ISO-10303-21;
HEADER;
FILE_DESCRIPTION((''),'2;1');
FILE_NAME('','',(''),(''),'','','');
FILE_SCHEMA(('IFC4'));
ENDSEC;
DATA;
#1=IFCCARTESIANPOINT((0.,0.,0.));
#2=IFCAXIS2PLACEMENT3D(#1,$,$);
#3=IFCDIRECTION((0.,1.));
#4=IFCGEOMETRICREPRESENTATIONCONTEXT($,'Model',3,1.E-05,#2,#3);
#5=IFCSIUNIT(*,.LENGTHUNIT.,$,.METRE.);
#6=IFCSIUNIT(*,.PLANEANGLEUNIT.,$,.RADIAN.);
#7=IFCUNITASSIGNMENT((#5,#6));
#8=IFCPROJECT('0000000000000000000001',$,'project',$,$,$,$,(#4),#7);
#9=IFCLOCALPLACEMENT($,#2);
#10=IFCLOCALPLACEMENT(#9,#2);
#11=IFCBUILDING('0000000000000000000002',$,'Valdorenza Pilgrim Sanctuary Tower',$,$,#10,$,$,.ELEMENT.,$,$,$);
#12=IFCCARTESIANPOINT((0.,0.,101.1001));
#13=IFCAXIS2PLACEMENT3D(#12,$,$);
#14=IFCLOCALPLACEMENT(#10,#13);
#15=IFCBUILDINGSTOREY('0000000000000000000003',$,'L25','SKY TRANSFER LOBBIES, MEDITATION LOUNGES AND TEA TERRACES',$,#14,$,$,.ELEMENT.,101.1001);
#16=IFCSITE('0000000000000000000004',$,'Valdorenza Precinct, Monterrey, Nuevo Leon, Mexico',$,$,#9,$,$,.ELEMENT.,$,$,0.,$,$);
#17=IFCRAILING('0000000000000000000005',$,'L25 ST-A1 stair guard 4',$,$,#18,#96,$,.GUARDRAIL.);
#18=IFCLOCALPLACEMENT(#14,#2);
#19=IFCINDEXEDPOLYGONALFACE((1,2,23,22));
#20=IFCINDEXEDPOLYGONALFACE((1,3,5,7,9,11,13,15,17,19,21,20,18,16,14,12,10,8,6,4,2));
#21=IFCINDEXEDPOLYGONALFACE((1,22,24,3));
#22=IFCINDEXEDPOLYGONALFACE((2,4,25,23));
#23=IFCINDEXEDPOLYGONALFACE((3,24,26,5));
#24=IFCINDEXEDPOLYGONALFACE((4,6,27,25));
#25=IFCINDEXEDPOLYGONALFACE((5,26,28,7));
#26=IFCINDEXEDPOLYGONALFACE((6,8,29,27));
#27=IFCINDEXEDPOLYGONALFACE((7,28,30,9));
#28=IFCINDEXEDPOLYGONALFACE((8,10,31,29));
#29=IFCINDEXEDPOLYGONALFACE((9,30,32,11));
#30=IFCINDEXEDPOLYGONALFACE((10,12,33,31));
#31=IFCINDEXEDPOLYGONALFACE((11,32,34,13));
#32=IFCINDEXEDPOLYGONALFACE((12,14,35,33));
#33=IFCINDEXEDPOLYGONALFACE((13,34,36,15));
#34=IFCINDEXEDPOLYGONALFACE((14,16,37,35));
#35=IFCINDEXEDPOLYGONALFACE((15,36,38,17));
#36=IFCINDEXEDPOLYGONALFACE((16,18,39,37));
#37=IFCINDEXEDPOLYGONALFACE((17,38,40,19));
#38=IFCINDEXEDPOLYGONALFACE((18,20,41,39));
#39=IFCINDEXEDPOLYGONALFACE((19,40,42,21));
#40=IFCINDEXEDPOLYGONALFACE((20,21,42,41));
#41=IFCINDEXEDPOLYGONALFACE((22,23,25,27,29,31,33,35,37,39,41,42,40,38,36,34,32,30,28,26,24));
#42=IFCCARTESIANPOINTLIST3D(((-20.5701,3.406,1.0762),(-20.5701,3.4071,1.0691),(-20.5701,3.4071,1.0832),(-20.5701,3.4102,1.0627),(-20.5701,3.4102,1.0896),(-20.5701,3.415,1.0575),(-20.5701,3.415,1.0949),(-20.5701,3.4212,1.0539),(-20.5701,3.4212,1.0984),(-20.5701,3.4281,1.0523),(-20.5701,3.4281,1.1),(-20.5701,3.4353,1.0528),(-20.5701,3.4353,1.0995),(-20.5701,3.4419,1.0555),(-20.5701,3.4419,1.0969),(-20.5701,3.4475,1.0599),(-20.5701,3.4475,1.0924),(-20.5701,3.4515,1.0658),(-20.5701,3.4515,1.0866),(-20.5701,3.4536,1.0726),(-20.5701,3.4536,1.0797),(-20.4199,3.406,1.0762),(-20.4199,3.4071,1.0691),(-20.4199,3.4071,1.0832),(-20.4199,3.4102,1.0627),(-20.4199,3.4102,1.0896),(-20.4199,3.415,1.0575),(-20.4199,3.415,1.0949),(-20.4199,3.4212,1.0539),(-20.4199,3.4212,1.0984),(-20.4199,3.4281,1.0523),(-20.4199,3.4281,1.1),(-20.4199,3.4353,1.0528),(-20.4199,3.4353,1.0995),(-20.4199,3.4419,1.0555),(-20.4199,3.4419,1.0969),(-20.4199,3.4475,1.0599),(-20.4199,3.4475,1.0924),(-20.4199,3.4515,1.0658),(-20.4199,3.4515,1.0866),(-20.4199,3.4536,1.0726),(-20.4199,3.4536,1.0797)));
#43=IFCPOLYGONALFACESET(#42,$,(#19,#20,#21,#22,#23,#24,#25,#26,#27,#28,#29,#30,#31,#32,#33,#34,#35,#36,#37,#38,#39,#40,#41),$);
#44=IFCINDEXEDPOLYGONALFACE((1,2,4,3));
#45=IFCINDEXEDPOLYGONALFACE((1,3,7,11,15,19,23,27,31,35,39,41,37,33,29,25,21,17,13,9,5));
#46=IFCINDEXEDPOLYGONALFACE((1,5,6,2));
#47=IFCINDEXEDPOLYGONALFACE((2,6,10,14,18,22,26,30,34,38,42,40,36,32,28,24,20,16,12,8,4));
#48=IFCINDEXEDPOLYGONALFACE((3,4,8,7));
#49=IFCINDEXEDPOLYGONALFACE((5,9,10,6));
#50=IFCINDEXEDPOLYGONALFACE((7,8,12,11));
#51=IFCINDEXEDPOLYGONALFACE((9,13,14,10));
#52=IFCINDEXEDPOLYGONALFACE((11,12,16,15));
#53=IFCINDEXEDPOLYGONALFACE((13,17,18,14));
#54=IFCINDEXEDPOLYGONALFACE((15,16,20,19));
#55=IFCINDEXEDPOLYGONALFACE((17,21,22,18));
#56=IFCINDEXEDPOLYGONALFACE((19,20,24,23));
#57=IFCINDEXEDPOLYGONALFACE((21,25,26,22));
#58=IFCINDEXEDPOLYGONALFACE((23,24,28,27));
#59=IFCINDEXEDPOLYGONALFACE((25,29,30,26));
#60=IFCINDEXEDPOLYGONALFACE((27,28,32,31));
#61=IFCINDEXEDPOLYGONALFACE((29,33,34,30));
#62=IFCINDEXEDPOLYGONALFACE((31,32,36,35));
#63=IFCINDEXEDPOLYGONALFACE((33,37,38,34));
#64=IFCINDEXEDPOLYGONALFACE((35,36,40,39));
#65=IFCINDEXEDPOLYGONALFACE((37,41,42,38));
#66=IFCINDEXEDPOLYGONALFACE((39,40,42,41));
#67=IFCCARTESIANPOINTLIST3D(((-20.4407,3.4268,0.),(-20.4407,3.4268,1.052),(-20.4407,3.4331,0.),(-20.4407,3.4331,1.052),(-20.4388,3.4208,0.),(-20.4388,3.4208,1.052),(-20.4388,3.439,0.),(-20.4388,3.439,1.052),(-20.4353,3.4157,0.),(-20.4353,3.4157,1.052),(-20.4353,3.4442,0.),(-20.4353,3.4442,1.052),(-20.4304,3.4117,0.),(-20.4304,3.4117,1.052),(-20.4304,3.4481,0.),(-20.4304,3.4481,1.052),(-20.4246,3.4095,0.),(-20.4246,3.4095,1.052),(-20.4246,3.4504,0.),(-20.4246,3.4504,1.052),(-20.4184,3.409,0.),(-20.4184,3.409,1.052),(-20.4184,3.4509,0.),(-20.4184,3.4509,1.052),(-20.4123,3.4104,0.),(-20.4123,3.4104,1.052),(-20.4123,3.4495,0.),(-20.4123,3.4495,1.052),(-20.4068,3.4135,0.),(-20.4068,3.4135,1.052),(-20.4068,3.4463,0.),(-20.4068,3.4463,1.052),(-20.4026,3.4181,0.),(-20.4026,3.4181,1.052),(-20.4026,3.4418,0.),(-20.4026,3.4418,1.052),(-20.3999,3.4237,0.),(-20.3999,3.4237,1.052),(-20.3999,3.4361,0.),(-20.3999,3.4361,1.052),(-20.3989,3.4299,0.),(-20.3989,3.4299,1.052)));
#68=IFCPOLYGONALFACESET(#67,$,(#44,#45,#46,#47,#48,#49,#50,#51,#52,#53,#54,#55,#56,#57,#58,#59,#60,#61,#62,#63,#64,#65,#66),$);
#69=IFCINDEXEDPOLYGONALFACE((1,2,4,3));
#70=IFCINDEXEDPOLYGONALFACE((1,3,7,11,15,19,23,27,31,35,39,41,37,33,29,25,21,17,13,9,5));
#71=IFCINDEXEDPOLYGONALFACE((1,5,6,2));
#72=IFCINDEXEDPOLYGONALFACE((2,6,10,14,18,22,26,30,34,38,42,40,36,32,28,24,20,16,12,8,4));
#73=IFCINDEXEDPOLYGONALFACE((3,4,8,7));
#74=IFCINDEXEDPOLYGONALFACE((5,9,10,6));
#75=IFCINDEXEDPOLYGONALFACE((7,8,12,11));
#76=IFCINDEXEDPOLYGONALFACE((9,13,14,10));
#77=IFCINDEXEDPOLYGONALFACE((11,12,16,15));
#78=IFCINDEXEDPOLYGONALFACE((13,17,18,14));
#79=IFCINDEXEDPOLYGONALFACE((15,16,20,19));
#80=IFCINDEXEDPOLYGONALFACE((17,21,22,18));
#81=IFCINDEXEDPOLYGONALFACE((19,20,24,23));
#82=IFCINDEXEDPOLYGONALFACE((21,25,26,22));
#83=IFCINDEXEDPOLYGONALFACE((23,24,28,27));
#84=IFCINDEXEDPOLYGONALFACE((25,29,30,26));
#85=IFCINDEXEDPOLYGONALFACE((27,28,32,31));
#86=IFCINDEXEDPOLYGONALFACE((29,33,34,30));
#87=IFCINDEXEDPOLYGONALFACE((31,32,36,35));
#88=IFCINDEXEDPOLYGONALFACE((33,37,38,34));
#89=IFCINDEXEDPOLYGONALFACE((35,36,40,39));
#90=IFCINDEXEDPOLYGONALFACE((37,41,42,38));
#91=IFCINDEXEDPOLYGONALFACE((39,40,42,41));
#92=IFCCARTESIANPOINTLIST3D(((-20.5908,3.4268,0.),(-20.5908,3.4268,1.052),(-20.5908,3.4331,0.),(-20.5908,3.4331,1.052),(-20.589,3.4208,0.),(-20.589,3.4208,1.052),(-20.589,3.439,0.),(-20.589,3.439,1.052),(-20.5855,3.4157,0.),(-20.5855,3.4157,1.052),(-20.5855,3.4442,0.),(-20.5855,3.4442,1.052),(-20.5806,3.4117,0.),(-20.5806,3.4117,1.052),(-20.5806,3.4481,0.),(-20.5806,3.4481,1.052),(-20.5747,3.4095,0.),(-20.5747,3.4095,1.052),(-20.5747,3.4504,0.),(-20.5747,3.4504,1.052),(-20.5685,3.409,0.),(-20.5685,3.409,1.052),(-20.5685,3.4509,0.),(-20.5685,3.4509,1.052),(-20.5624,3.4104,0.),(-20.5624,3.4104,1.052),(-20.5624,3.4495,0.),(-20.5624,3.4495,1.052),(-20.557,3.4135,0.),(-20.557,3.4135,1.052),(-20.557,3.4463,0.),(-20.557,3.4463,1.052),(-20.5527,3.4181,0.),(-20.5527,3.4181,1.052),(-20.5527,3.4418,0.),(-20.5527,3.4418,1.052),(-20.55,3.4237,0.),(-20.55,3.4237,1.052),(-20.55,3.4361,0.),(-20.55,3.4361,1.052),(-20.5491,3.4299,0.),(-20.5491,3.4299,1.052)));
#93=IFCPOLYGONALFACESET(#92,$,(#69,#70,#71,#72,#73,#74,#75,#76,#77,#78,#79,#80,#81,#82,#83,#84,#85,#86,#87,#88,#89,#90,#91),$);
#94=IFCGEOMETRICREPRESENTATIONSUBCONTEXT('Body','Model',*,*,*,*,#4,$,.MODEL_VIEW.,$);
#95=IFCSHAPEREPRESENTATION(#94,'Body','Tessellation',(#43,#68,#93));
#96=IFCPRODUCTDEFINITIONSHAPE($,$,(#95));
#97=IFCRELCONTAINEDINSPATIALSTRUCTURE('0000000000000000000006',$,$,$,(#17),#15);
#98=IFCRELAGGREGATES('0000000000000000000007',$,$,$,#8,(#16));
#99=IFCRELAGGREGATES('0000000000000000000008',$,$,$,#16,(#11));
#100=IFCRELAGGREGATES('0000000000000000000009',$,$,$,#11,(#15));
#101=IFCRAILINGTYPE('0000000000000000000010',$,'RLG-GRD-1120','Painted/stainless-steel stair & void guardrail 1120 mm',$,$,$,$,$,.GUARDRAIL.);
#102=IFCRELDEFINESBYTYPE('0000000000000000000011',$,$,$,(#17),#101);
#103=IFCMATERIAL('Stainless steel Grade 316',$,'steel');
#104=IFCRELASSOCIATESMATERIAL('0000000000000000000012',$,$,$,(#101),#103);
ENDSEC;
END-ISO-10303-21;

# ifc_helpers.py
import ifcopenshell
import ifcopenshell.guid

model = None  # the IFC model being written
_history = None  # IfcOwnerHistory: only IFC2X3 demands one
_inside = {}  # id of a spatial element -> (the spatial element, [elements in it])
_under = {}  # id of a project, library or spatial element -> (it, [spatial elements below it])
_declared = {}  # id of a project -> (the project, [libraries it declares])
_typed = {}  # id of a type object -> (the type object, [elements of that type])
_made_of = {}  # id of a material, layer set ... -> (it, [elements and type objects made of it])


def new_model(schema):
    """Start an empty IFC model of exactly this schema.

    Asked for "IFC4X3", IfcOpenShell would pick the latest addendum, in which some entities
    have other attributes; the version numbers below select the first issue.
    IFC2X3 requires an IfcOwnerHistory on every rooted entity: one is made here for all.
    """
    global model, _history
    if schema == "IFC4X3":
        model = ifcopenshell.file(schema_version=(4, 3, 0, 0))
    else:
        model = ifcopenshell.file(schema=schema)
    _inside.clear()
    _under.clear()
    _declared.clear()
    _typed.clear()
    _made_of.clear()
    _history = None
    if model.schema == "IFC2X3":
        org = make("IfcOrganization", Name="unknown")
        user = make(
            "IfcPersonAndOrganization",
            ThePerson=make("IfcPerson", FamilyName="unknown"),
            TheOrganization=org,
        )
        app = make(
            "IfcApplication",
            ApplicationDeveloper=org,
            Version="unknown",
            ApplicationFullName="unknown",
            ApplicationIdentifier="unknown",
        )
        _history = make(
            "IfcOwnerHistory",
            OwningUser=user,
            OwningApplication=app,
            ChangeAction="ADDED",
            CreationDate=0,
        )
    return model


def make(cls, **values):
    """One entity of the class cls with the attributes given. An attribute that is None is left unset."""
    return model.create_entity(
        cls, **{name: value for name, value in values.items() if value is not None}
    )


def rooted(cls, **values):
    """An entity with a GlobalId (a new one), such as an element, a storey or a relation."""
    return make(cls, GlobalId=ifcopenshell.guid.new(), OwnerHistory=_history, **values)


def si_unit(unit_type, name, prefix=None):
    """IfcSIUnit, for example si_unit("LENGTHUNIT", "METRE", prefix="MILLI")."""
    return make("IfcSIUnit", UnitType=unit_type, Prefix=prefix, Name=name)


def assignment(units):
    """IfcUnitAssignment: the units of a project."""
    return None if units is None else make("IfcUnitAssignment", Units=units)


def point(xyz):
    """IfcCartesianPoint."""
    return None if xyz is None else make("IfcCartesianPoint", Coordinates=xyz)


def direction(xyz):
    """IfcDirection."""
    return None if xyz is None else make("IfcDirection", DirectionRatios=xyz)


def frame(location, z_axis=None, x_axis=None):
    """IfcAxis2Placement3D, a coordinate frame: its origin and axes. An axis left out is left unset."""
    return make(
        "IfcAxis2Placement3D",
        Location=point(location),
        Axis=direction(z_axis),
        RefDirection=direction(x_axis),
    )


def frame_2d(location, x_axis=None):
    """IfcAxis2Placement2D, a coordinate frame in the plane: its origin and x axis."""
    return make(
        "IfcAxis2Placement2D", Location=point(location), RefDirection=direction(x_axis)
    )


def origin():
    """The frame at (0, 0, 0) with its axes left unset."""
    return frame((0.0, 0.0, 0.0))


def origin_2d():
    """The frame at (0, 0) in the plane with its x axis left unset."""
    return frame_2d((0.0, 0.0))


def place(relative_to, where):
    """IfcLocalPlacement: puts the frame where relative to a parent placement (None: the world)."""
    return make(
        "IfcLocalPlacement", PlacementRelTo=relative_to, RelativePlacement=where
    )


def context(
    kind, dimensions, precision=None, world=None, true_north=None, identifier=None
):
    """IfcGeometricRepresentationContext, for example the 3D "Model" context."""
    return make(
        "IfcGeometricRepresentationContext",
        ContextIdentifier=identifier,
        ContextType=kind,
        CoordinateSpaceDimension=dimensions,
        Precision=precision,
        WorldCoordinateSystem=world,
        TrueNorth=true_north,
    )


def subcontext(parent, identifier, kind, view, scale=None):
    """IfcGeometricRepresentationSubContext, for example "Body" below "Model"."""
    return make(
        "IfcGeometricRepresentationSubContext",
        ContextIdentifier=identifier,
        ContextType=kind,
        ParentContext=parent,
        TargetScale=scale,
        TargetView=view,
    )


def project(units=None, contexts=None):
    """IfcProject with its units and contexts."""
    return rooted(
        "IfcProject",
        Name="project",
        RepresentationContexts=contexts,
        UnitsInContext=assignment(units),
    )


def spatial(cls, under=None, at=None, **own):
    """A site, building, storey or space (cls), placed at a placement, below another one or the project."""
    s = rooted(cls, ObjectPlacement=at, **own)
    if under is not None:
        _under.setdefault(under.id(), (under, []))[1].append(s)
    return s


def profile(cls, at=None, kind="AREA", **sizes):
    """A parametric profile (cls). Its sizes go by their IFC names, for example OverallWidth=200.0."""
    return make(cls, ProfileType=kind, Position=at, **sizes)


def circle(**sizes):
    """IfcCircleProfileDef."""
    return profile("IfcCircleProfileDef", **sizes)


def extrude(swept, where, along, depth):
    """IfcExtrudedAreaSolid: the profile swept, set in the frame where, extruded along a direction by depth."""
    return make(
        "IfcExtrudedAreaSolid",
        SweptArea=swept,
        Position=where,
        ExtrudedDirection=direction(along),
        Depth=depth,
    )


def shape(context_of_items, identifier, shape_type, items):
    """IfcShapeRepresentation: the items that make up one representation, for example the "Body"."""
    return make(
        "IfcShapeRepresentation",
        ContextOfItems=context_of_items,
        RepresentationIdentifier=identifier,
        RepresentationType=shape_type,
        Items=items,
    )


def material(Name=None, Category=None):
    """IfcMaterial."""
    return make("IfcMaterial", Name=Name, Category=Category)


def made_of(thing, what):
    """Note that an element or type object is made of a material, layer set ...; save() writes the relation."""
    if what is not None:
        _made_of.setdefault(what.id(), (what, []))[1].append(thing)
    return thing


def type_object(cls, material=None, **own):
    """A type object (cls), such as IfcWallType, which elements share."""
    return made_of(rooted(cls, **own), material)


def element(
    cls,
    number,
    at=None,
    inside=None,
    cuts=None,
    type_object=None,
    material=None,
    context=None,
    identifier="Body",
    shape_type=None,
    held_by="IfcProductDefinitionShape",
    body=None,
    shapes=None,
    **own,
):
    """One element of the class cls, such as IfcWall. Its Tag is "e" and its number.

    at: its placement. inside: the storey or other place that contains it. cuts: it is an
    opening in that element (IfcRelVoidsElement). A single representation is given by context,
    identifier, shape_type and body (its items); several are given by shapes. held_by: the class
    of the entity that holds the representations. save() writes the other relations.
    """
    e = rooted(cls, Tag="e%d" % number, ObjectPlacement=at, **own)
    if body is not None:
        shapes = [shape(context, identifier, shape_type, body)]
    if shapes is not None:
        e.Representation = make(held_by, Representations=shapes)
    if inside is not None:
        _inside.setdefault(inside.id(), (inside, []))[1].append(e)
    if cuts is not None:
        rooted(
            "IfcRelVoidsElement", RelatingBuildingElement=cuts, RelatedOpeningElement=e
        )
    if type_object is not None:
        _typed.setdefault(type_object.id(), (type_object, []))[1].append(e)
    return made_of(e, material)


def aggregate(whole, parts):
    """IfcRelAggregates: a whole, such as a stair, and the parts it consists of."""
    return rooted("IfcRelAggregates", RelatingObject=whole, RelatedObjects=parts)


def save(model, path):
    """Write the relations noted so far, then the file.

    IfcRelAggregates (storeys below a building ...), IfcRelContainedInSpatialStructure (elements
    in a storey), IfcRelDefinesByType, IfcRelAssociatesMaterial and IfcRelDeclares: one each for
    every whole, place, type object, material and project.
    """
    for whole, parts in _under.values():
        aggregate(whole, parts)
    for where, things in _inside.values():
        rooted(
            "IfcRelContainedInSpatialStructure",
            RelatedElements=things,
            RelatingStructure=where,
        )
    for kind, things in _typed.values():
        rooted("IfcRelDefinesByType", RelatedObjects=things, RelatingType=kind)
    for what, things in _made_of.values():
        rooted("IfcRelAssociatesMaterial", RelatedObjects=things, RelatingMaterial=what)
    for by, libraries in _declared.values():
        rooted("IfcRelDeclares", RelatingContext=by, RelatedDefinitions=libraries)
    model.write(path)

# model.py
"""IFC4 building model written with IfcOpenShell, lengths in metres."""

from ifc_helpers import new_model, si_unit, direction, frame, origin, origin_2d, place, context, subcontext, project, spatial, circle, extrude, material, type_object, element, save


model = new_model("IFC4")

# Units and contexts
model_context = context("Model", 3, precision=1e-05, world=origin(), true_north=direction((0.0, 1.0)))
body_context = subcontext(model_context, "Body", "Model", "MODEL_VIEW")
ifc_project = project(units=[si_unit("LENGTHUNIT", "METRE"), si_unit("PLANEANGLEUNIT", "RADIAN")], contexts=[model_context])

# Site, building, storey
site_placement = place(None, origin())
site = spatial("IfcSite", under=ifc_project, at=site_placement, Name="Valdorenza Precinct, Monterrey, Nuevo Leon, Mexico", CompositionType="ELEMENT", RefElevation=0.0)
building_placement = place(site_placement, origin())
building = spatial("IfcBuilding", under=site, at=building_placement, Name="Valdorenza Pilgrim Sanctuary Tower", CompositionType="ELEMENT")
storey_placement = place(building_placement, frame((0.0, 0.0, 101.1001)))
storey = spatial("IfcBuildingStorey", under=building, at=storey_placement, Name="L25", Description="SKY TRANSFER LOBBIES, MEDITATION LOUNGES AND TEA TERRACES", CompositionType="ELEMENT", Elevation=101.1001)

# Railing
ifc_material_1 = material(Name="Stainless steel Grade 316", Category="steel")
railing_type_1 = type_object("IfcRailingType", Name="RLG-GRD-1120", Description="Painted/stainless-steel stair & void guardrail 1120 mm", PredefinedType="GUARDRAIL", material=ifc_material_1)
railing_1_placement = place(storey_placement, frame((-20.4199, 3.4299, 0.0)))
element("IfcRailing", 1, at=railing_1_placement, inside=storey, type_object=railing_type_1, Name="L25 ST-A1 stair guard 4", PredefinedType="GUARDRAIL", context=body_context, shape_type="SweptSolid", body=[
    extrude(circle(Radius=0.0239, at=origin_2d()), frame((0.0, 0.0, 1.0762), z_axis=(-1.0, 0.0, 0.0), x_axis=(0.0, -1.0, 0.0)), (0.0, 0.0, 1.0), 0.1501),
    extrude(circle(Radius=0.021, at=origin_2d()), origin(), (0.0, 0.0, 1.0), 1.052),
    extrude(circle(Radius=0.021, at=origin_2d()), frame((-0.1501, 0.0, 0.0)), (0.0, 0.0, 1.0), 1.052),
])

save(model, "model.ifc")
